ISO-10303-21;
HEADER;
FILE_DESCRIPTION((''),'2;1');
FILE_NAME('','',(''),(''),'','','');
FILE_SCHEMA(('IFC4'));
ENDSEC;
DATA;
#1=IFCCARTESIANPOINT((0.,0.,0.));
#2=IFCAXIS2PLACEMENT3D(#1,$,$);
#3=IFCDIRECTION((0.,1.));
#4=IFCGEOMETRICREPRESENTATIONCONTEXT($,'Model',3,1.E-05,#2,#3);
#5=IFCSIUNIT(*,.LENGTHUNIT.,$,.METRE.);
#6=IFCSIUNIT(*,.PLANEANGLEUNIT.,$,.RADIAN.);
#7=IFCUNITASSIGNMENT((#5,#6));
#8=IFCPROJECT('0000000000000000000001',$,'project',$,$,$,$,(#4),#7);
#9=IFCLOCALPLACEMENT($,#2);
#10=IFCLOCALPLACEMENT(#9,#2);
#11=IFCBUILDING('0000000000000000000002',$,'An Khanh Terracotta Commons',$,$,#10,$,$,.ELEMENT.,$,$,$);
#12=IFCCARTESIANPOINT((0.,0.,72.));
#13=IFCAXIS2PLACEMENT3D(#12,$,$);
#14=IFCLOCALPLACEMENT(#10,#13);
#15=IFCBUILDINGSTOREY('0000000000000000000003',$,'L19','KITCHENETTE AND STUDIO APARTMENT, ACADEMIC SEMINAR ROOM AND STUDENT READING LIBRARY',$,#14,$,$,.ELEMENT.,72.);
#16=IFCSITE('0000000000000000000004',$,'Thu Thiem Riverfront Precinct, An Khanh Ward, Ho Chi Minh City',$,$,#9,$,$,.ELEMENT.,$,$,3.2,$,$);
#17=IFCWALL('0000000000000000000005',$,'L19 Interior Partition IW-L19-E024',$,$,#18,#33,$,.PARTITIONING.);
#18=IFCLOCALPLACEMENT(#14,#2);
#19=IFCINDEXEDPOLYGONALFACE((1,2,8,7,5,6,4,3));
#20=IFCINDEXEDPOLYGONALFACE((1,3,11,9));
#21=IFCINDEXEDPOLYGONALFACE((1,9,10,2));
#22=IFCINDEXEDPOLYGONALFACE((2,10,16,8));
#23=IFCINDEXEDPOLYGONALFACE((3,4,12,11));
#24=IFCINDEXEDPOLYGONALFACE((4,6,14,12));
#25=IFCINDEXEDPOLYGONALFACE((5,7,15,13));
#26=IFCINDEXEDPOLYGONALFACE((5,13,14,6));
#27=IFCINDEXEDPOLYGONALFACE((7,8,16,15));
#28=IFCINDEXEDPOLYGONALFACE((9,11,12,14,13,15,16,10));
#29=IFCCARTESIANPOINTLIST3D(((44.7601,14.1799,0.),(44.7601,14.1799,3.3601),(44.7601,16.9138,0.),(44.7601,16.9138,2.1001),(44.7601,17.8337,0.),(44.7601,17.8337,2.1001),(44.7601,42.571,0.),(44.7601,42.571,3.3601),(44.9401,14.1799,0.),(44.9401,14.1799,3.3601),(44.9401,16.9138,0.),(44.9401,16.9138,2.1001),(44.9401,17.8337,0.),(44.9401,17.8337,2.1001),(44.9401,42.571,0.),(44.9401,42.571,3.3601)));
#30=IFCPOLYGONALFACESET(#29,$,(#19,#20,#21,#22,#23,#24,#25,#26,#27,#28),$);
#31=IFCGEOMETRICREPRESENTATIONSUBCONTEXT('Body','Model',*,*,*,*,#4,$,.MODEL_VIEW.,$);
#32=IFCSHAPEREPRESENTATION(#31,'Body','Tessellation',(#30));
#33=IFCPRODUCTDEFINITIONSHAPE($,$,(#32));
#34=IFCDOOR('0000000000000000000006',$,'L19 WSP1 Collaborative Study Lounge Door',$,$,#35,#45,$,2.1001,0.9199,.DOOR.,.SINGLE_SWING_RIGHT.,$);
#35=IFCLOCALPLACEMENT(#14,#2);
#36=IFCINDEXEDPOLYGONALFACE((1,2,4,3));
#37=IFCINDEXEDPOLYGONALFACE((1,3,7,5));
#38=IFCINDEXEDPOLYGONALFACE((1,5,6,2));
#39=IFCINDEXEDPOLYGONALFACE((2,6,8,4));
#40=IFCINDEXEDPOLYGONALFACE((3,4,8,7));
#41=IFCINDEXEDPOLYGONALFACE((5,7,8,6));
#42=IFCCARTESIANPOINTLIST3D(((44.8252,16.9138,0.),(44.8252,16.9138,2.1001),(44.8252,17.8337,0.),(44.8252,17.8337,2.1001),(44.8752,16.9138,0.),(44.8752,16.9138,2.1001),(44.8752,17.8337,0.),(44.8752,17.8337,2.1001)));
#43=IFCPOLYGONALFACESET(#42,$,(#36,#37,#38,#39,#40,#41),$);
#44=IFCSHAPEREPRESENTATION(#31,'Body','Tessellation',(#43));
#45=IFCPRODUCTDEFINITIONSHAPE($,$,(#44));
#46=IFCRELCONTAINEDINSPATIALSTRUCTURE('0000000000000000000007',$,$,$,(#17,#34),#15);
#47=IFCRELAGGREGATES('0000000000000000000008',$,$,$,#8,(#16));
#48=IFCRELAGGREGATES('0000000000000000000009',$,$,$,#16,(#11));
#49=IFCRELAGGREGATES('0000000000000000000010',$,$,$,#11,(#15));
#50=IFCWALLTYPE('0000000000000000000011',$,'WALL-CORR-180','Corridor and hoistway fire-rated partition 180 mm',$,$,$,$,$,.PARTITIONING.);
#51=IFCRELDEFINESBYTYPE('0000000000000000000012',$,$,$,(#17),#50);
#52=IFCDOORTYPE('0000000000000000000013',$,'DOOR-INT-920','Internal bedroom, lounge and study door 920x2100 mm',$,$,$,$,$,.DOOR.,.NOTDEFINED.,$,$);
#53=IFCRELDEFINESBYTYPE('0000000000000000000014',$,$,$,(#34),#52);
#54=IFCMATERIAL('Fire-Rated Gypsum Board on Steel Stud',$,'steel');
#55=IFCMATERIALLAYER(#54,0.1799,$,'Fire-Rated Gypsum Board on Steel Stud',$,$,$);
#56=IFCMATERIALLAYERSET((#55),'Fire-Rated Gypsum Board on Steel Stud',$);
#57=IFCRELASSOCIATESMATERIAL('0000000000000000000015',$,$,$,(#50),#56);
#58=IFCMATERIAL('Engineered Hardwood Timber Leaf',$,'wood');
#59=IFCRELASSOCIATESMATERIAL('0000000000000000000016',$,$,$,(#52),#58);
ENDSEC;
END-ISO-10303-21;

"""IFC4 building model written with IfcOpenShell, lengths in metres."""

from ifc_helpers import new_model, si_unit, direction, frame, frame_2d, origin, place, context, subcontext, project, spatial, rectangle, extrude, material, layer, layer_set, type_object, element, fill, save


model = new_model("IFC4")

# Units and contexts
model_context = context("Model", 3, precision=1e-05, world=origin(), true_north=direction((0.0, 1.0)))
body_context = subcontext(model_context, "Body", "Model", "MODEL_VIEW")
ifc_project = project(units=[si_unit("LENGTHUNIT", "METRE"), si_unit("PLANEANGLEUNIT", "RADIAN")], contexts=[model_context])

# Site, building, storey
site_placement = place(None, origin())
site = spatial("IfcSite", under=ifc_project, at=site_placement, Name="Thu Thiem Riverfront Precinct, An Khanh Ward, Ho Chi Minh City", CompositionType="ELEMENT", RefElevation=3.2)
building_placement = place(site_placement, origin())
building = spatial("IfcBuilding", under=site, at=building_placement, Name="An Khanh Terracotta Commons", CompositionType="ELEMENT")
storey_placement = place(building_placement, frame((0.0, 0.0, 72.0)))
storey = spatial("IfcBuildingStorey", under=building, at=storey_placement, Name="L19", Description="KITCHENETTE AND STUDIO APARTMENT, ACADEMIC SEMINAR ROOM AND STUDENT READING LIBRARY", CompositionType="ELEMENT", Elevation=72.0)

# Shared definitions
ifc_material_1 = material(Name="Fire-Rated Gypsum Board on Steel Stud", Category="steel")
ifc_layer_1 = layer(ifc_material_1, 0.1799, Name="Fire-Rated Gypsum Board on Steel Stud")
ifc_layer_set_1 = layer_set([ifc_layer_1], Name="Fire-Rated Gypsum Board on Steel Stud")
wall_type_1 = type_object("IfcWallType", Name="WALL-CORR-180", Description="Corridor and hoistway fire-rated partition 180 mm", PredefinedType="PARTITIONING", material=ifc_layer_set_1)

# Wall, opening, door
ifc_material_2 = material(Name="Engineered Hardwood Timber Leaf", Category="wood")
door_type_1 = type_object("IfcDoorType", Name="DOOR-INT-920", Description="Internal bedroom, lounge and study door 920x2100 mm", OperationType="NOTDEFINED", PredefinedType="DOOR", material=ifc_material_2)
wall_1_placement = place(storey_placement, frame((44.8501, 14.1799, 0.0), z_axis=(0.0, 0.0, 1.0), x_axis=(0.0, 1.0, 0.0)))
wall_1 = element("IfcWall", 1, at=wall_1_placement, inside=storey, type_object=wall_type_1, Name="L19 Interior Partition IW-L19-E024", PredefinedType="PARTITIONING", context=body_context, shape_type="SweptSolid", body=[
    extrude(rectangle(XDim=28.3911, YDim=0.1799, at=frame_2d((14.1956, 0.0))), origin(), (0.0, 0.0, 1.0), 3.3601),
])
opening_1_placement = place(wall_1_placement, frame((2.7339, 0.0, 0.0)))
opening_1 = element("IfcOpeningElement", 2, at=opening_1_placement, cuts=wall_1, PredefinedType="OPENING", context=body_context, shape_type="SweptSolid", body=[
    extrude(rectangle(XDim=0.9199, YDim=2.1001, at=frame_2d((0.46, 1.05))), frame((0.0, 0.0999, 0.0), z_axis=(0.0, -1.0, 0.0), x_axis=(1.0, 0.0, 0.0)), (0.0, 0.0, 1.0), 0.2),
])
door_1_placement = place(opening_1_placement, origin())
door_1 = element("IfcDoor", 3, at=door_1_placement, inside=storey, type_object=door_type_1, Name="L19 WSP1 Collaborative Study Lounge Door", OperationType="SINGLE_SWING_RIGHT", OverallHeight=2.1001, OverallWidth=0.9199, PredefinedType="DOOR", context=body_context, shape_type="SweptSolid", body=[
    extrude(rectangle(XDim=0.9199, YDim=2.1001, at=frame_2d((0.46, 1.05))), frame((0.0, 0.0249, 0.0), z_axis=(0.0, -1.0, 0.0), x_axis=(1.0, 0.0, 0.0)), (0.0, 0.0, 1.0), 0.05),
])
fill(opening_1, door_1)

save(model, "model.ifc")
